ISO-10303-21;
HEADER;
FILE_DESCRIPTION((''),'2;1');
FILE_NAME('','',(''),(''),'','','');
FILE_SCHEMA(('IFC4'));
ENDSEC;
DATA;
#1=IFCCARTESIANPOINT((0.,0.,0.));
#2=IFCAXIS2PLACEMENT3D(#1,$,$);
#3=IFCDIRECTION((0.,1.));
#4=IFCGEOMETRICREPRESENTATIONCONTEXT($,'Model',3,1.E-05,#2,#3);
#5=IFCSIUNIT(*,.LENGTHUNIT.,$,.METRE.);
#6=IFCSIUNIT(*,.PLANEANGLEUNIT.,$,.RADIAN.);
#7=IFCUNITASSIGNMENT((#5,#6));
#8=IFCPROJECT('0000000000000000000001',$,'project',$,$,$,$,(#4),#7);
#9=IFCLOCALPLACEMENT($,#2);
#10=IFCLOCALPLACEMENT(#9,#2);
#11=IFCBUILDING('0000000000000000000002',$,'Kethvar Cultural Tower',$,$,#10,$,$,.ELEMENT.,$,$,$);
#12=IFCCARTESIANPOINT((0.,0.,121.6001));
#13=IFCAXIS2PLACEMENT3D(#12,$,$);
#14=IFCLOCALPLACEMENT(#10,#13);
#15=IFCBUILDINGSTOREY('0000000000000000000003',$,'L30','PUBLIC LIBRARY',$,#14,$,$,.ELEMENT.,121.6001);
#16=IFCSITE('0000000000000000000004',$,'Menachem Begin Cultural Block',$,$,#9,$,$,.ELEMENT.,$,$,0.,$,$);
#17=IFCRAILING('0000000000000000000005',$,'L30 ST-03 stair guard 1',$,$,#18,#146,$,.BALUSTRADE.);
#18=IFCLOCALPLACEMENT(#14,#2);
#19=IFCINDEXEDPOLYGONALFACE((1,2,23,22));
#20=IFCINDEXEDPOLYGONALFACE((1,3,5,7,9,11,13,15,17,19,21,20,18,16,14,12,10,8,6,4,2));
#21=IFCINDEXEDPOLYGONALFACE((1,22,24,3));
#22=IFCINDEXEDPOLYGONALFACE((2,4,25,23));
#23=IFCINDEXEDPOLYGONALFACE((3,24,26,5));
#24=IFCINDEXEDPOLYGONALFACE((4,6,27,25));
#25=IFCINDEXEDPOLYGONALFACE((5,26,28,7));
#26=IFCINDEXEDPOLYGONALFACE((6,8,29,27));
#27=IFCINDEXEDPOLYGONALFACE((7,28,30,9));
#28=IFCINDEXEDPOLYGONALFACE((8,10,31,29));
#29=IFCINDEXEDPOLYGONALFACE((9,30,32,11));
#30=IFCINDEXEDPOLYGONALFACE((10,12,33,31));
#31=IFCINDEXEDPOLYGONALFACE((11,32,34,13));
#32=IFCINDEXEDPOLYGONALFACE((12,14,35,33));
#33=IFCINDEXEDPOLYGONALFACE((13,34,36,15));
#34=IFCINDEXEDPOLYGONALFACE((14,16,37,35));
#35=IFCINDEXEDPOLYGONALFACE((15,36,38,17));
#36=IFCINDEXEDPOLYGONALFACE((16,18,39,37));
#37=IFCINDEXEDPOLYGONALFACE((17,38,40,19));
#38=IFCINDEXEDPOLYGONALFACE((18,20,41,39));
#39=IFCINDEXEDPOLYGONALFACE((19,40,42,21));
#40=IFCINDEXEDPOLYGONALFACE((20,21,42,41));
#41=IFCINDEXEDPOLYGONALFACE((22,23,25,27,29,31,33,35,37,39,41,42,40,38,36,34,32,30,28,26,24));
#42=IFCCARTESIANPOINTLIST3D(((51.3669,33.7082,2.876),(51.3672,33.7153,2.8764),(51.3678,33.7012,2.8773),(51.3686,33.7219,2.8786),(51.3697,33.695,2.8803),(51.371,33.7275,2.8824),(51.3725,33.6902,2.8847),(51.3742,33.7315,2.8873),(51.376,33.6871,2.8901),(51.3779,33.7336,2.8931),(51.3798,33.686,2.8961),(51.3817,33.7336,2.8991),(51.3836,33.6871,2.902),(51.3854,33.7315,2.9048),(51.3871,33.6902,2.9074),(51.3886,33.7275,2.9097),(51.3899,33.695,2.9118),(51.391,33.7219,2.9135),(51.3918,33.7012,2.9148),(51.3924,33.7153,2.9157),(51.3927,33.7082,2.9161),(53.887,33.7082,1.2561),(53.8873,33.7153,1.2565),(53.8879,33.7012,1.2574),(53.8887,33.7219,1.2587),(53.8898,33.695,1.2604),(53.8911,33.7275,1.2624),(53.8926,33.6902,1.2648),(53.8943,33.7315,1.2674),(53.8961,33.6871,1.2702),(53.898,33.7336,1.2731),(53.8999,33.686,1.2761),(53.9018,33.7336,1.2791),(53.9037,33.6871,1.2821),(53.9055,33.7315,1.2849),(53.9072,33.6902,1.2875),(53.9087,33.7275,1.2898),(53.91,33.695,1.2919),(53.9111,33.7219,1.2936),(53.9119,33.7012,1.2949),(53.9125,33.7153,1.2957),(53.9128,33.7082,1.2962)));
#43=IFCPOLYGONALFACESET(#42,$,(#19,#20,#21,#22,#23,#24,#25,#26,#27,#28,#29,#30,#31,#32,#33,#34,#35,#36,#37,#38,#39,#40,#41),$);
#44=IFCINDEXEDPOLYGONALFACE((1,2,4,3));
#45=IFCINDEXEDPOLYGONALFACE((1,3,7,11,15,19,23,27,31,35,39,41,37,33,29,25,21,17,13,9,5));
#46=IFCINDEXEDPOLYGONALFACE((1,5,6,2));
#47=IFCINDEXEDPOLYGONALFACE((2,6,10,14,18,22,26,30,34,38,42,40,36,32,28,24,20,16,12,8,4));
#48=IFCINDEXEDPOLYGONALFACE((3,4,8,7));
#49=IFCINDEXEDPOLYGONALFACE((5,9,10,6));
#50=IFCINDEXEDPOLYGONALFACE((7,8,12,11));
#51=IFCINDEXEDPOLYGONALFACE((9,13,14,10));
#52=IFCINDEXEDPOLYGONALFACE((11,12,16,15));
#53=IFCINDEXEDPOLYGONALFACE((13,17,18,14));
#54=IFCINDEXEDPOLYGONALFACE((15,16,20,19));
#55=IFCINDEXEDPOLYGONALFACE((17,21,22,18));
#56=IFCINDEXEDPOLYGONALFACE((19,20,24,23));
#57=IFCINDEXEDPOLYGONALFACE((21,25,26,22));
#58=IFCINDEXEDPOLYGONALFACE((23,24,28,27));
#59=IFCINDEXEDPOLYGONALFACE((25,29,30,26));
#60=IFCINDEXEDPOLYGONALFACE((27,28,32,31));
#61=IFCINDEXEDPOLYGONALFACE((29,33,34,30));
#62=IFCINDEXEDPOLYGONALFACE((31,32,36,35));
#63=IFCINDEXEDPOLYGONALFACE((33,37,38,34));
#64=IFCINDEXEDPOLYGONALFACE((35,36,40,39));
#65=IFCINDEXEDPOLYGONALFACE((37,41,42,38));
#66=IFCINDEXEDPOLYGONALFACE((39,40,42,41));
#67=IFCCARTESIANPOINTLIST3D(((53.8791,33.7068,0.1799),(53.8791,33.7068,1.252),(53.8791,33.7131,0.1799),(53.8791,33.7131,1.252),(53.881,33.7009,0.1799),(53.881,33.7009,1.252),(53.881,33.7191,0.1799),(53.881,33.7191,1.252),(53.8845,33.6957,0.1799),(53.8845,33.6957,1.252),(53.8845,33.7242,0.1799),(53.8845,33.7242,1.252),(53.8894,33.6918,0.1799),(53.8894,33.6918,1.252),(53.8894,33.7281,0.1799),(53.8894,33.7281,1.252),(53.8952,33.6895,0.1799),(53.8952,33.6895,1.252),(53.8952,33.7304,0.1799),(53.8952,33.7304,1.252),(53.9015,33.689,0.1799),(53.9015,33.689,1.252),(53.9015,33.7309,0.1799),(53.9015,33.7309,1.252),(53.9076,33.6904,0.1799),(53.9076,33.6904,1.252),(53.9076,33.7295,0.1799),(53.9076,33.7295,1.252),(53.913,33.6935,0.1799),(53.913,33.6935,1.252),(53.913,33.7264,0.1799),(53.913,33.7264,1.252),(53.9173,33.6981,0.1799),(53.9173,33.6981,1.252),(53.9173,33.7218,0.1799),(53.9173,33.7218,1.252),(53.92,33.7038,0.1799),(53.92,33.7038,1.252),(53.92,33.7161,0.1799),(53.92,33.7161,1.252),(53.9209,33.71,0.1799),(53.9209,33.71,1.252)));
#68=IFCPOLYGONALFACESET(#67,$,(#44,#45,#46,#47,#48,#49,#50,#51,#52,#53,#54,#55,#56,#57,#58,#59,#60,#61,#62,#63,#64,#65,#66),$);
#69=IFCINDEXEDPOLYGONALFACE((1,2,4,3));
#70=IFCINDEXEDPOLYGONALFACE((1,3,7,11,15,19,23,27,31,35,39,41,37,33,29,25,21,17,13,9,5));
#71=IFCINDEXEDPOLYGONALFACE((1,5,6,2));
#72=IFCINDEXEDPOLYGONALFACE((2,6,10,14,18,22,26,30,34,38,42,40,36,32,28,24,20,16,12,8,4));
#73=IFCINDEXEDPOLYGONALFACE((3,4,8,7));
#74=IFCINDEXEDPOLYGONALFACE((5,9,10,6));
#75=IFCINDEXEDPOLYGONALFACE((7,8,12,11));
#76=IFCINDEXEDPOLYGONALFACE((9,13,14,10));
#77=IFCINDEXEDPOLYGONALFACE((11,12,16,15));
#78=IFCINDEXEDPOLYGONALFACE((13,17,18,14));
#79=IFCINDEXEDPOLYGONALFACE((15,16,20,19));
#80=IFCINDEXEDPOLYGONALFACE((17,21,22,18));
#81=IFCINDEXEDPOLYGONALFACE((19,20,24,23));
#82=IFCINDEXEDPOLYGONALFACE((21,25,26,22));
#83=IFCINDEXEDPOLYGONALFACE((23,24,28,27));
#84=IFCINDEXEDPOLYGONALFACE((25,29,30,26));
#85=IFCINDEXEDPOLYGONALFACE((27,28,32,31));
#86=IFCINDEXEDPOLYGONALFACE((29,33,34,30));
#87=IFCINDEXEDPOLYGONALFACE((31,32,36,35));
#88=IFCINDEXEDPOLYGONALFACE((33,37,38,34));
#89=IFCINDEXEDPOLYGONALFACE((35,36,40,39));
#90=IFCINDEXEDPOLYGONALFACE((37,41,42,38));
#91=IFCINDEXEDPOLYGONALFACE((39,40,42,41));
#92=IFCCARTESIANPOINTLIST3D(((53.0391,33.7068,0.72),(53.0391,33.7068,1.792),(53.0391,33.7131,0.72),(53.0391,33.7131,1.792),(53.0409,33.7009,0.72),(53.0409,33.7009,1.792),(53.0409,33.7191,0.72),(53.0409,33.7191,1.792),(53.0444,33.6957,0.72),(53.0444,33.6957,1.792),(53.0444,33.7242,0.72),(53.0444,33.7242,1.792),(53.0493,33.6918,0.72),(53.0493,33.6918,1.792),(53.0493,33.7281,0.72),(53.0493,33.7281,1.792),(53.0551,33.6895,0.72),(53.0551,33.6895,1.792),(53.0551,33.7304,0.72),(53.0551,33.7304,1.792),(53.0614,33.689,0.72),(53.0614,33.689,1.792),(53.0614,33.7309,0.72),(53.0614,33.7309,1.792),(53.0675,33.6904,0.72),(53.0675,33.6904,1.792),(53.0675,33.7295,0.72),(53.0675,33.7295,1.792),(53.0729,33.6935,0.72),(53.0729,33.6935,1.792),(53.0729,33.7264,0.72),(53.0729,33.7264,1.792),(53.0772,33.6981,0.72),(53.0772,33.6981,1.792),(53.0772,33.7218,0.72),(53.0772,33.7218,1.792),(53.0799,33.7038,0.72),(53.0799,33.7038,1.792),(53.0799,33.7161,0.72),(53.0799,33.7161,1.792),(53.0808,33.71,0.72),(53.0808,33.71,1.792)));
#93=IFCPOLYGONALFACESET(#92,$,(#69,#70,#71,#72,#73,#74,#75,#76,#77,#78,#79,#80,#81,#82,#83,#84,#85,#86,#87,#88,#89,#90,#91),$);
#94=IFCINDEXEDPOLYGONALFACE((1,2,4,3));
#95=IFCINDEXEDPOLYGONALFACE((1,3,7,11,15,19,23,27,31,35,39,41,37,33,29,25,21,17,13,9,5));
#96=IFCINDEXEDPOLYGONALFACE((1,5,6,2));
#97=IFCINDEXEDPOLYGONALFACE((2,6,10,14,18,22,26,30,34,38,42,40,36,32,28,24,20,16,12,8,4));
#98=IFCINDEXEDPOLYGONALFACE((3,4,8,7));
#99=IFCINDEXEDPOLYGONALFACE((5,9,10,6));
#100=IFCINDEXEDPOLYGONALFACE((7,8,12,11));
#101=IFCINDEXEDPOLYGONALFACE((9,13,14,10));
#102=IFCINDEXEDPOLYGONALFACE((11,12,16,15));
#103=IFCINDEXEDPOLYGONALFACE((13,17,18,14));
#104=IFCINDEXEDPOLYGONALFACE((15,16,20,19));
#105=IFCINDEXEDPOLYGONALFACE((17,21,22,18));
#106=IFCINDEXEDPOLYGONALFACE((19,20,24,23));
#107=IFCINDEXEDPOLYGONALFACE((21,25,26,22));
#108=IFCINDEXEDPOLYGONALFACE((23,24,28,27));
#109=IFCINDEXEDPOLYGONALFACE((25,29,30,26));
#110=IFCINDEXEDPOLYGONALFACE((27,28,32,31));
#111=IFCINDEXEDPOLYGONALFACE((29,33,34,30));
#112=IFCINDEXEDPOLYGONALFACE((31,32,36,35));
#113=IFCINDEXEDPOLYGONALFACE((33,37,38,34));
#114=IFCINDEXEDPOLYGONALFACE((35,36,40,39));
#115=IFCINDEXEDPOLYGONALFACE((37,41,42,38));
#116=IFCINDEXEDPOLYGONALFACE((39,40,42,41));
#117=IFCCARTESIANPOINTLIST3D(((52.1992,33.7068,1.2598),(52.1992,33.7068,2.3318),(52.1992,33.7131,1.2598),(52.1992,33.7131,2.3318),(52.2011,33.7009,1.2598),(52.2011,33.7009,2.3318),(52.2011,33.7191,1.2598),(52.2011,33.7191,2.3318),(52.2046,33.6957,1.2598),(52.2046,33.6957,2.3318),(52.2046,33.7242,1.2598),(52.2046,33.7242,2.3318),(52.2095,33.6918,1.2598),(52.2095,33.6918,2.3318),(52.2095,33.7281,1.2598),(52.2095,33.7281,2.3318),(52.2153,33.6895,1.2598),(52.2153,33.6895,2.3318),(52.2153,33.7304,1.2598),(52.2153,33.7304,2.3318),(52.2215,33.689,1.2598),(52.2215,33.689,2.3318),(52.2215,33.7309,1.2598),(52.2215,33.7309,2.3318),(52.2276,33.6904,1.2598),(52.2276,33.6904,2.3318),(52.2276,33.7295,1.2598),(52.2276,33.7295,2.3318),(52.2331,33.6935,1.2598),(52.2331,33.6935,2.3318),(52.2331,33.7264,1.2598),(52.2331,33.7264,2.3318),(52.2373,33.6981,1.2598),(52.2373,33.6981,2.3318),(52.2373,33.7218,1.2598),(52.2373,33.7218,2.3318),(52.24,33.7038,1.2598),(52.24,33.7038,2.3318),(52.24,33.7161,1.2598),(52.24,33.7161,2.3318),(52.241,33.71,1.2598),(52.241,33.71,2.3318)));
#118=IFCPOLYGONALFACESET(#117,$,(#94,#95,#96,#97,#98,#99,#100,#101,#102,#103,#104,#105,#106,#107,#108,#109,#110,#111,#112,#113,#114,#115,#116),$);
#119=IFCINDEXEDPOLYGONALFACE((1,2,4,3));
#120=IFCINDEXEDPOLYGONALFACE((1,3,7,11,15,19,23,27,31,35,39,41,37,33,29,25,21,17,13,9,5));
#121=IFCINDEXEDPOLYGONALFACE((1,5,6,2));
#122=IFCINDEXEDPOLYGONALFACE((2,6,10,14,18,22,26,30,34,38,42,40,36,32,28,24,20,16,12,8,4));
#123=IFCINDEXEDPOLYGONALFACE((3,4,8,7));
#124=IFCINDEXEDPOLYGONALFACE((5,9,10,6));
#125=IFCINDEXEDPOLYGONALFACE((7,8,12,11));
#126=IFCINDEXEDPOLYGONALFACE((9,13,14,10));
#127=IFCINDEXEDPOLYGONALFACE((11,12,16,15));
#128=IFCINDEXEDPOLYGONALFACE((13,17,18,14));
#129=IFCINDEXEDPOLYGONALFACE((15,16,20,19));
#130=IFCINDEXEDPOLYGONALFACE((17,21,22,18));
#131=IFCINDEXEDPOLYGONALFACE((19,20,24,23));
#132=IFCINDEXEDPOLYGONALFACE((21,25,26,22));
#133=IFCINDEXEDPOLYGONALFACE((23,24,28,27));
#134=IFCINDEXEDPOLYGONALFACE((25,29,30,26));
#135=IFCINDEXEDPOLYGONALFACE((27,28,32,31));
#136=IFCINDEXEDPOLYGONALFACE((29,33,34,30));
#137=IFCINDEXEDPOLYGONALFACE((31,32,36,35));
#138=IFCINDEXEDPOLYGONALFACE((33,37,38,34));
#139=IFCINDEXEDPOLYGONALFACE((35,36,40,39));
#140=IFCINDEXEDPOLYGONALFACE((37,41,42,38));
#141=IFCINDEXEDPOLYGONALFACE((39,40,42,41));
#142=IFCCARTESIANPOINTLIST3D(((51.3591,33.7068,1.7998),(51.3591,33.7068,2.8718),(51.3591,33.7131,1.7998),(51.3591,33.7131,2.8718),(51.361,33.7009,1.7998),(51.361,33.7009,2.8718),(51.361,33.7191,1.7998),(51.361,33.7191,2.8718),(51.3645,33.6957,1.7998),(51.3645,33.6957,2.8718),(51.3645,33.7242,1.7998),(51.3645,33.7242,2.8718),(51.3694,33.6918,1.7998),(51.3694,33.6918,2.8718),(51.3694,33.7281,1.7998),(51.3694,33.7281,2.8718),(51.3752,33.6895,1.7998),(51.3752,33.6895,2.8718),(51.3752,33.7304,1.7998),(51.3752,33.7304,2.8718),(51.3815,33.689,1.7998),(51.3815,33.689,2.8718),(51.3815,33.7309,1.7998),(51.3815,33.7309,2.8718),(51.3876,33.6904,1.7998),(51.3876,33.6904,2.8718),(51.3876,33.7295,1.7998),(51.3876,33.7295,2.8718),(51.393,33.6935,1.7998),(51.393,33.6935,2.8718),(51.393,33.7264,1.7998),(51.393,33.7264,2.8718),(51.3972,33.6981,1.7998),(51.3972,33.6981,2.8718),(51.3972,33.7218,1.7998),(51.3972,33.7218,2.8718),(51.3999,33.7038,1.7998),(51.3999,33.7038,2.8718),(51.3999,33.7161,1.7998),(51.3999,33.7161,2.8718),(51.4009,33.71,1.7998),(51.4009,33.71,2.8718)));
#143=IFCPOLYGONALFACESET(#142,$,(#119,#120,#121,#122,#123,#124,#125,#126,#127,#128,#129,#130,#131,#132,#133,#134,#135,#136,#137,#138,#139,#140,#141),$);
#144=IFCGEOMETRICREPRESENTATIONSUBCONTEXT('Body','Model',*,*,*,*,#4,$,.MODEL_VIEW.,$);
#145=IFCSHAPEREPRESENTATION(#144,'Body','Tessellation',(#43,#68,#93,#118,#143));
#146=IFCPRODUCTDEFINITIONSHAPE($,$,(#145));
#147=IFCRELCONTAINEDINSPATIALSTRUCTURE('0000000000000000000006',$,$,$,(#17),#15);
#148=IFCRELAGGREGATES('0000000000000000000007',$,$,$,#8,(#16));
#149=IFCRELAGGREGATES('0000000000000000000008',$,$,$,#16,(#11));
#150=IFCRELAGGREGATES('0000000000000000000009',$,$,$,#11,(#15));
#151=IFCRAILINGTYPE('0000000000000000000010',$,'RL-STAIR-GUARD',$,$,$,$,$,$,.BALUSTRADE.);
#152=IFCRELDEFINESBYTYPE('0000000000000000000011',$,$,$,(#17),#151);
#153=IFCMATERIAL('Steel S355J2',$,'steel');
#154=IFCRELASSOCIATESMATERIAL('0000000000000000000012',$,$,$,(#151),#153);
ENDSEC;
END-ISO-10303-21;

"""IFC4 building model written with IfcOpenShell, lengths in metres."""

from ifc_helpers import new_model, si_unit, direction, frame, origin, origin_2d, place, context, subcontext, project, spatial, circle, extrude, material, type_object, element, save


model = new_model("IFC4")

# Units and contexts
model_context = context("Model", 3, precision=1e-05, world=origin(), true_north=direction((0.0, 1.0)))
body_context = subcontext(model_context, "Body", "Model", "MODEL_VIEW")
ifc_project = project(units=[si_unit("LENGTHUNIT", "METRE"), si_unit("PLANEANGLEUNIT", "RADIAN")], contexts=[model_context])

# Site, building, storey
site_placement = place(None, origin())
site = spatial("IfcSite", under=ifc_project, at=site_placement, Name="Menachem Begin Cultural Block", CompositionType="ELEMENT", RefElevation=0.0)
building_placement = place(site_placement, origin())
building = spatial("IfcBuilding", under=site, at=building_placement, Name="Kethvar Cultural Tower", CompositionType="ELEMENT")
storey_placement = place(building_placement, frame((0.0, 0.0, 121.6001)))
storey = spatial("IfcBuildingStorey", under=building, at=storey_placement, Name="L30", Description="PUBLIC LIBRARY", CompositionType="ELEMENT", Elevation=121.6001)

# Shared definitions
ifc_material_1 = material(Name="Steel S355J2", Category="steel")

# Railing
railing_type_1 = type_object("IfcRailingType", Name="RL-STAIR-GUARD", PredefinedType="BALUSTRADE", material=ifc_material_1)
railing_1_placement = place(storey_placement, frame((53.8999, 33.71, 0.1799)))
element("IfcRailing", 1, at=railing_1_placement, inside=storey, type_object=railing_type_1, Name="L30 ST-03 stair guard 1", PredefinedType="BALUSTRADE", context=body_context, shape_type="SweptSolid", body=[
    extrude(circle(Radius=0.0239, at=origin_2d()), frame((0.0, 0.0, 1.0962), z_axis=(-0.8412, 0.0, 0.540725), x_axis=(0.0, -1.0, 0.0)), (0.0, 0.0, 1.0), 2.9958),
    extrude(circle(Radius=0.021, at=origin_2d()), origin(), (0.0, 0.0, 1.0), 1.072),
    extrude(circle(Radius=0.021, at=origin_2d()), frame((-0.8401, 0.0, 0.54)), (0.0, 0.0, 1.0), 1.072),
    extrude(circle(Radius=0.021, at=origin_2d()), frame((-1.6799, 0.0, 1.0798)), (0.0, 0.0, 1.0), 1.072),
    extrude(circle(Radius=0.021, at=origin_2d()), frame((-2.52, 0.0, 1.6199)), (0.0, 0.0, 1.0), 1.072),
])

save(model, "model.ifc")
